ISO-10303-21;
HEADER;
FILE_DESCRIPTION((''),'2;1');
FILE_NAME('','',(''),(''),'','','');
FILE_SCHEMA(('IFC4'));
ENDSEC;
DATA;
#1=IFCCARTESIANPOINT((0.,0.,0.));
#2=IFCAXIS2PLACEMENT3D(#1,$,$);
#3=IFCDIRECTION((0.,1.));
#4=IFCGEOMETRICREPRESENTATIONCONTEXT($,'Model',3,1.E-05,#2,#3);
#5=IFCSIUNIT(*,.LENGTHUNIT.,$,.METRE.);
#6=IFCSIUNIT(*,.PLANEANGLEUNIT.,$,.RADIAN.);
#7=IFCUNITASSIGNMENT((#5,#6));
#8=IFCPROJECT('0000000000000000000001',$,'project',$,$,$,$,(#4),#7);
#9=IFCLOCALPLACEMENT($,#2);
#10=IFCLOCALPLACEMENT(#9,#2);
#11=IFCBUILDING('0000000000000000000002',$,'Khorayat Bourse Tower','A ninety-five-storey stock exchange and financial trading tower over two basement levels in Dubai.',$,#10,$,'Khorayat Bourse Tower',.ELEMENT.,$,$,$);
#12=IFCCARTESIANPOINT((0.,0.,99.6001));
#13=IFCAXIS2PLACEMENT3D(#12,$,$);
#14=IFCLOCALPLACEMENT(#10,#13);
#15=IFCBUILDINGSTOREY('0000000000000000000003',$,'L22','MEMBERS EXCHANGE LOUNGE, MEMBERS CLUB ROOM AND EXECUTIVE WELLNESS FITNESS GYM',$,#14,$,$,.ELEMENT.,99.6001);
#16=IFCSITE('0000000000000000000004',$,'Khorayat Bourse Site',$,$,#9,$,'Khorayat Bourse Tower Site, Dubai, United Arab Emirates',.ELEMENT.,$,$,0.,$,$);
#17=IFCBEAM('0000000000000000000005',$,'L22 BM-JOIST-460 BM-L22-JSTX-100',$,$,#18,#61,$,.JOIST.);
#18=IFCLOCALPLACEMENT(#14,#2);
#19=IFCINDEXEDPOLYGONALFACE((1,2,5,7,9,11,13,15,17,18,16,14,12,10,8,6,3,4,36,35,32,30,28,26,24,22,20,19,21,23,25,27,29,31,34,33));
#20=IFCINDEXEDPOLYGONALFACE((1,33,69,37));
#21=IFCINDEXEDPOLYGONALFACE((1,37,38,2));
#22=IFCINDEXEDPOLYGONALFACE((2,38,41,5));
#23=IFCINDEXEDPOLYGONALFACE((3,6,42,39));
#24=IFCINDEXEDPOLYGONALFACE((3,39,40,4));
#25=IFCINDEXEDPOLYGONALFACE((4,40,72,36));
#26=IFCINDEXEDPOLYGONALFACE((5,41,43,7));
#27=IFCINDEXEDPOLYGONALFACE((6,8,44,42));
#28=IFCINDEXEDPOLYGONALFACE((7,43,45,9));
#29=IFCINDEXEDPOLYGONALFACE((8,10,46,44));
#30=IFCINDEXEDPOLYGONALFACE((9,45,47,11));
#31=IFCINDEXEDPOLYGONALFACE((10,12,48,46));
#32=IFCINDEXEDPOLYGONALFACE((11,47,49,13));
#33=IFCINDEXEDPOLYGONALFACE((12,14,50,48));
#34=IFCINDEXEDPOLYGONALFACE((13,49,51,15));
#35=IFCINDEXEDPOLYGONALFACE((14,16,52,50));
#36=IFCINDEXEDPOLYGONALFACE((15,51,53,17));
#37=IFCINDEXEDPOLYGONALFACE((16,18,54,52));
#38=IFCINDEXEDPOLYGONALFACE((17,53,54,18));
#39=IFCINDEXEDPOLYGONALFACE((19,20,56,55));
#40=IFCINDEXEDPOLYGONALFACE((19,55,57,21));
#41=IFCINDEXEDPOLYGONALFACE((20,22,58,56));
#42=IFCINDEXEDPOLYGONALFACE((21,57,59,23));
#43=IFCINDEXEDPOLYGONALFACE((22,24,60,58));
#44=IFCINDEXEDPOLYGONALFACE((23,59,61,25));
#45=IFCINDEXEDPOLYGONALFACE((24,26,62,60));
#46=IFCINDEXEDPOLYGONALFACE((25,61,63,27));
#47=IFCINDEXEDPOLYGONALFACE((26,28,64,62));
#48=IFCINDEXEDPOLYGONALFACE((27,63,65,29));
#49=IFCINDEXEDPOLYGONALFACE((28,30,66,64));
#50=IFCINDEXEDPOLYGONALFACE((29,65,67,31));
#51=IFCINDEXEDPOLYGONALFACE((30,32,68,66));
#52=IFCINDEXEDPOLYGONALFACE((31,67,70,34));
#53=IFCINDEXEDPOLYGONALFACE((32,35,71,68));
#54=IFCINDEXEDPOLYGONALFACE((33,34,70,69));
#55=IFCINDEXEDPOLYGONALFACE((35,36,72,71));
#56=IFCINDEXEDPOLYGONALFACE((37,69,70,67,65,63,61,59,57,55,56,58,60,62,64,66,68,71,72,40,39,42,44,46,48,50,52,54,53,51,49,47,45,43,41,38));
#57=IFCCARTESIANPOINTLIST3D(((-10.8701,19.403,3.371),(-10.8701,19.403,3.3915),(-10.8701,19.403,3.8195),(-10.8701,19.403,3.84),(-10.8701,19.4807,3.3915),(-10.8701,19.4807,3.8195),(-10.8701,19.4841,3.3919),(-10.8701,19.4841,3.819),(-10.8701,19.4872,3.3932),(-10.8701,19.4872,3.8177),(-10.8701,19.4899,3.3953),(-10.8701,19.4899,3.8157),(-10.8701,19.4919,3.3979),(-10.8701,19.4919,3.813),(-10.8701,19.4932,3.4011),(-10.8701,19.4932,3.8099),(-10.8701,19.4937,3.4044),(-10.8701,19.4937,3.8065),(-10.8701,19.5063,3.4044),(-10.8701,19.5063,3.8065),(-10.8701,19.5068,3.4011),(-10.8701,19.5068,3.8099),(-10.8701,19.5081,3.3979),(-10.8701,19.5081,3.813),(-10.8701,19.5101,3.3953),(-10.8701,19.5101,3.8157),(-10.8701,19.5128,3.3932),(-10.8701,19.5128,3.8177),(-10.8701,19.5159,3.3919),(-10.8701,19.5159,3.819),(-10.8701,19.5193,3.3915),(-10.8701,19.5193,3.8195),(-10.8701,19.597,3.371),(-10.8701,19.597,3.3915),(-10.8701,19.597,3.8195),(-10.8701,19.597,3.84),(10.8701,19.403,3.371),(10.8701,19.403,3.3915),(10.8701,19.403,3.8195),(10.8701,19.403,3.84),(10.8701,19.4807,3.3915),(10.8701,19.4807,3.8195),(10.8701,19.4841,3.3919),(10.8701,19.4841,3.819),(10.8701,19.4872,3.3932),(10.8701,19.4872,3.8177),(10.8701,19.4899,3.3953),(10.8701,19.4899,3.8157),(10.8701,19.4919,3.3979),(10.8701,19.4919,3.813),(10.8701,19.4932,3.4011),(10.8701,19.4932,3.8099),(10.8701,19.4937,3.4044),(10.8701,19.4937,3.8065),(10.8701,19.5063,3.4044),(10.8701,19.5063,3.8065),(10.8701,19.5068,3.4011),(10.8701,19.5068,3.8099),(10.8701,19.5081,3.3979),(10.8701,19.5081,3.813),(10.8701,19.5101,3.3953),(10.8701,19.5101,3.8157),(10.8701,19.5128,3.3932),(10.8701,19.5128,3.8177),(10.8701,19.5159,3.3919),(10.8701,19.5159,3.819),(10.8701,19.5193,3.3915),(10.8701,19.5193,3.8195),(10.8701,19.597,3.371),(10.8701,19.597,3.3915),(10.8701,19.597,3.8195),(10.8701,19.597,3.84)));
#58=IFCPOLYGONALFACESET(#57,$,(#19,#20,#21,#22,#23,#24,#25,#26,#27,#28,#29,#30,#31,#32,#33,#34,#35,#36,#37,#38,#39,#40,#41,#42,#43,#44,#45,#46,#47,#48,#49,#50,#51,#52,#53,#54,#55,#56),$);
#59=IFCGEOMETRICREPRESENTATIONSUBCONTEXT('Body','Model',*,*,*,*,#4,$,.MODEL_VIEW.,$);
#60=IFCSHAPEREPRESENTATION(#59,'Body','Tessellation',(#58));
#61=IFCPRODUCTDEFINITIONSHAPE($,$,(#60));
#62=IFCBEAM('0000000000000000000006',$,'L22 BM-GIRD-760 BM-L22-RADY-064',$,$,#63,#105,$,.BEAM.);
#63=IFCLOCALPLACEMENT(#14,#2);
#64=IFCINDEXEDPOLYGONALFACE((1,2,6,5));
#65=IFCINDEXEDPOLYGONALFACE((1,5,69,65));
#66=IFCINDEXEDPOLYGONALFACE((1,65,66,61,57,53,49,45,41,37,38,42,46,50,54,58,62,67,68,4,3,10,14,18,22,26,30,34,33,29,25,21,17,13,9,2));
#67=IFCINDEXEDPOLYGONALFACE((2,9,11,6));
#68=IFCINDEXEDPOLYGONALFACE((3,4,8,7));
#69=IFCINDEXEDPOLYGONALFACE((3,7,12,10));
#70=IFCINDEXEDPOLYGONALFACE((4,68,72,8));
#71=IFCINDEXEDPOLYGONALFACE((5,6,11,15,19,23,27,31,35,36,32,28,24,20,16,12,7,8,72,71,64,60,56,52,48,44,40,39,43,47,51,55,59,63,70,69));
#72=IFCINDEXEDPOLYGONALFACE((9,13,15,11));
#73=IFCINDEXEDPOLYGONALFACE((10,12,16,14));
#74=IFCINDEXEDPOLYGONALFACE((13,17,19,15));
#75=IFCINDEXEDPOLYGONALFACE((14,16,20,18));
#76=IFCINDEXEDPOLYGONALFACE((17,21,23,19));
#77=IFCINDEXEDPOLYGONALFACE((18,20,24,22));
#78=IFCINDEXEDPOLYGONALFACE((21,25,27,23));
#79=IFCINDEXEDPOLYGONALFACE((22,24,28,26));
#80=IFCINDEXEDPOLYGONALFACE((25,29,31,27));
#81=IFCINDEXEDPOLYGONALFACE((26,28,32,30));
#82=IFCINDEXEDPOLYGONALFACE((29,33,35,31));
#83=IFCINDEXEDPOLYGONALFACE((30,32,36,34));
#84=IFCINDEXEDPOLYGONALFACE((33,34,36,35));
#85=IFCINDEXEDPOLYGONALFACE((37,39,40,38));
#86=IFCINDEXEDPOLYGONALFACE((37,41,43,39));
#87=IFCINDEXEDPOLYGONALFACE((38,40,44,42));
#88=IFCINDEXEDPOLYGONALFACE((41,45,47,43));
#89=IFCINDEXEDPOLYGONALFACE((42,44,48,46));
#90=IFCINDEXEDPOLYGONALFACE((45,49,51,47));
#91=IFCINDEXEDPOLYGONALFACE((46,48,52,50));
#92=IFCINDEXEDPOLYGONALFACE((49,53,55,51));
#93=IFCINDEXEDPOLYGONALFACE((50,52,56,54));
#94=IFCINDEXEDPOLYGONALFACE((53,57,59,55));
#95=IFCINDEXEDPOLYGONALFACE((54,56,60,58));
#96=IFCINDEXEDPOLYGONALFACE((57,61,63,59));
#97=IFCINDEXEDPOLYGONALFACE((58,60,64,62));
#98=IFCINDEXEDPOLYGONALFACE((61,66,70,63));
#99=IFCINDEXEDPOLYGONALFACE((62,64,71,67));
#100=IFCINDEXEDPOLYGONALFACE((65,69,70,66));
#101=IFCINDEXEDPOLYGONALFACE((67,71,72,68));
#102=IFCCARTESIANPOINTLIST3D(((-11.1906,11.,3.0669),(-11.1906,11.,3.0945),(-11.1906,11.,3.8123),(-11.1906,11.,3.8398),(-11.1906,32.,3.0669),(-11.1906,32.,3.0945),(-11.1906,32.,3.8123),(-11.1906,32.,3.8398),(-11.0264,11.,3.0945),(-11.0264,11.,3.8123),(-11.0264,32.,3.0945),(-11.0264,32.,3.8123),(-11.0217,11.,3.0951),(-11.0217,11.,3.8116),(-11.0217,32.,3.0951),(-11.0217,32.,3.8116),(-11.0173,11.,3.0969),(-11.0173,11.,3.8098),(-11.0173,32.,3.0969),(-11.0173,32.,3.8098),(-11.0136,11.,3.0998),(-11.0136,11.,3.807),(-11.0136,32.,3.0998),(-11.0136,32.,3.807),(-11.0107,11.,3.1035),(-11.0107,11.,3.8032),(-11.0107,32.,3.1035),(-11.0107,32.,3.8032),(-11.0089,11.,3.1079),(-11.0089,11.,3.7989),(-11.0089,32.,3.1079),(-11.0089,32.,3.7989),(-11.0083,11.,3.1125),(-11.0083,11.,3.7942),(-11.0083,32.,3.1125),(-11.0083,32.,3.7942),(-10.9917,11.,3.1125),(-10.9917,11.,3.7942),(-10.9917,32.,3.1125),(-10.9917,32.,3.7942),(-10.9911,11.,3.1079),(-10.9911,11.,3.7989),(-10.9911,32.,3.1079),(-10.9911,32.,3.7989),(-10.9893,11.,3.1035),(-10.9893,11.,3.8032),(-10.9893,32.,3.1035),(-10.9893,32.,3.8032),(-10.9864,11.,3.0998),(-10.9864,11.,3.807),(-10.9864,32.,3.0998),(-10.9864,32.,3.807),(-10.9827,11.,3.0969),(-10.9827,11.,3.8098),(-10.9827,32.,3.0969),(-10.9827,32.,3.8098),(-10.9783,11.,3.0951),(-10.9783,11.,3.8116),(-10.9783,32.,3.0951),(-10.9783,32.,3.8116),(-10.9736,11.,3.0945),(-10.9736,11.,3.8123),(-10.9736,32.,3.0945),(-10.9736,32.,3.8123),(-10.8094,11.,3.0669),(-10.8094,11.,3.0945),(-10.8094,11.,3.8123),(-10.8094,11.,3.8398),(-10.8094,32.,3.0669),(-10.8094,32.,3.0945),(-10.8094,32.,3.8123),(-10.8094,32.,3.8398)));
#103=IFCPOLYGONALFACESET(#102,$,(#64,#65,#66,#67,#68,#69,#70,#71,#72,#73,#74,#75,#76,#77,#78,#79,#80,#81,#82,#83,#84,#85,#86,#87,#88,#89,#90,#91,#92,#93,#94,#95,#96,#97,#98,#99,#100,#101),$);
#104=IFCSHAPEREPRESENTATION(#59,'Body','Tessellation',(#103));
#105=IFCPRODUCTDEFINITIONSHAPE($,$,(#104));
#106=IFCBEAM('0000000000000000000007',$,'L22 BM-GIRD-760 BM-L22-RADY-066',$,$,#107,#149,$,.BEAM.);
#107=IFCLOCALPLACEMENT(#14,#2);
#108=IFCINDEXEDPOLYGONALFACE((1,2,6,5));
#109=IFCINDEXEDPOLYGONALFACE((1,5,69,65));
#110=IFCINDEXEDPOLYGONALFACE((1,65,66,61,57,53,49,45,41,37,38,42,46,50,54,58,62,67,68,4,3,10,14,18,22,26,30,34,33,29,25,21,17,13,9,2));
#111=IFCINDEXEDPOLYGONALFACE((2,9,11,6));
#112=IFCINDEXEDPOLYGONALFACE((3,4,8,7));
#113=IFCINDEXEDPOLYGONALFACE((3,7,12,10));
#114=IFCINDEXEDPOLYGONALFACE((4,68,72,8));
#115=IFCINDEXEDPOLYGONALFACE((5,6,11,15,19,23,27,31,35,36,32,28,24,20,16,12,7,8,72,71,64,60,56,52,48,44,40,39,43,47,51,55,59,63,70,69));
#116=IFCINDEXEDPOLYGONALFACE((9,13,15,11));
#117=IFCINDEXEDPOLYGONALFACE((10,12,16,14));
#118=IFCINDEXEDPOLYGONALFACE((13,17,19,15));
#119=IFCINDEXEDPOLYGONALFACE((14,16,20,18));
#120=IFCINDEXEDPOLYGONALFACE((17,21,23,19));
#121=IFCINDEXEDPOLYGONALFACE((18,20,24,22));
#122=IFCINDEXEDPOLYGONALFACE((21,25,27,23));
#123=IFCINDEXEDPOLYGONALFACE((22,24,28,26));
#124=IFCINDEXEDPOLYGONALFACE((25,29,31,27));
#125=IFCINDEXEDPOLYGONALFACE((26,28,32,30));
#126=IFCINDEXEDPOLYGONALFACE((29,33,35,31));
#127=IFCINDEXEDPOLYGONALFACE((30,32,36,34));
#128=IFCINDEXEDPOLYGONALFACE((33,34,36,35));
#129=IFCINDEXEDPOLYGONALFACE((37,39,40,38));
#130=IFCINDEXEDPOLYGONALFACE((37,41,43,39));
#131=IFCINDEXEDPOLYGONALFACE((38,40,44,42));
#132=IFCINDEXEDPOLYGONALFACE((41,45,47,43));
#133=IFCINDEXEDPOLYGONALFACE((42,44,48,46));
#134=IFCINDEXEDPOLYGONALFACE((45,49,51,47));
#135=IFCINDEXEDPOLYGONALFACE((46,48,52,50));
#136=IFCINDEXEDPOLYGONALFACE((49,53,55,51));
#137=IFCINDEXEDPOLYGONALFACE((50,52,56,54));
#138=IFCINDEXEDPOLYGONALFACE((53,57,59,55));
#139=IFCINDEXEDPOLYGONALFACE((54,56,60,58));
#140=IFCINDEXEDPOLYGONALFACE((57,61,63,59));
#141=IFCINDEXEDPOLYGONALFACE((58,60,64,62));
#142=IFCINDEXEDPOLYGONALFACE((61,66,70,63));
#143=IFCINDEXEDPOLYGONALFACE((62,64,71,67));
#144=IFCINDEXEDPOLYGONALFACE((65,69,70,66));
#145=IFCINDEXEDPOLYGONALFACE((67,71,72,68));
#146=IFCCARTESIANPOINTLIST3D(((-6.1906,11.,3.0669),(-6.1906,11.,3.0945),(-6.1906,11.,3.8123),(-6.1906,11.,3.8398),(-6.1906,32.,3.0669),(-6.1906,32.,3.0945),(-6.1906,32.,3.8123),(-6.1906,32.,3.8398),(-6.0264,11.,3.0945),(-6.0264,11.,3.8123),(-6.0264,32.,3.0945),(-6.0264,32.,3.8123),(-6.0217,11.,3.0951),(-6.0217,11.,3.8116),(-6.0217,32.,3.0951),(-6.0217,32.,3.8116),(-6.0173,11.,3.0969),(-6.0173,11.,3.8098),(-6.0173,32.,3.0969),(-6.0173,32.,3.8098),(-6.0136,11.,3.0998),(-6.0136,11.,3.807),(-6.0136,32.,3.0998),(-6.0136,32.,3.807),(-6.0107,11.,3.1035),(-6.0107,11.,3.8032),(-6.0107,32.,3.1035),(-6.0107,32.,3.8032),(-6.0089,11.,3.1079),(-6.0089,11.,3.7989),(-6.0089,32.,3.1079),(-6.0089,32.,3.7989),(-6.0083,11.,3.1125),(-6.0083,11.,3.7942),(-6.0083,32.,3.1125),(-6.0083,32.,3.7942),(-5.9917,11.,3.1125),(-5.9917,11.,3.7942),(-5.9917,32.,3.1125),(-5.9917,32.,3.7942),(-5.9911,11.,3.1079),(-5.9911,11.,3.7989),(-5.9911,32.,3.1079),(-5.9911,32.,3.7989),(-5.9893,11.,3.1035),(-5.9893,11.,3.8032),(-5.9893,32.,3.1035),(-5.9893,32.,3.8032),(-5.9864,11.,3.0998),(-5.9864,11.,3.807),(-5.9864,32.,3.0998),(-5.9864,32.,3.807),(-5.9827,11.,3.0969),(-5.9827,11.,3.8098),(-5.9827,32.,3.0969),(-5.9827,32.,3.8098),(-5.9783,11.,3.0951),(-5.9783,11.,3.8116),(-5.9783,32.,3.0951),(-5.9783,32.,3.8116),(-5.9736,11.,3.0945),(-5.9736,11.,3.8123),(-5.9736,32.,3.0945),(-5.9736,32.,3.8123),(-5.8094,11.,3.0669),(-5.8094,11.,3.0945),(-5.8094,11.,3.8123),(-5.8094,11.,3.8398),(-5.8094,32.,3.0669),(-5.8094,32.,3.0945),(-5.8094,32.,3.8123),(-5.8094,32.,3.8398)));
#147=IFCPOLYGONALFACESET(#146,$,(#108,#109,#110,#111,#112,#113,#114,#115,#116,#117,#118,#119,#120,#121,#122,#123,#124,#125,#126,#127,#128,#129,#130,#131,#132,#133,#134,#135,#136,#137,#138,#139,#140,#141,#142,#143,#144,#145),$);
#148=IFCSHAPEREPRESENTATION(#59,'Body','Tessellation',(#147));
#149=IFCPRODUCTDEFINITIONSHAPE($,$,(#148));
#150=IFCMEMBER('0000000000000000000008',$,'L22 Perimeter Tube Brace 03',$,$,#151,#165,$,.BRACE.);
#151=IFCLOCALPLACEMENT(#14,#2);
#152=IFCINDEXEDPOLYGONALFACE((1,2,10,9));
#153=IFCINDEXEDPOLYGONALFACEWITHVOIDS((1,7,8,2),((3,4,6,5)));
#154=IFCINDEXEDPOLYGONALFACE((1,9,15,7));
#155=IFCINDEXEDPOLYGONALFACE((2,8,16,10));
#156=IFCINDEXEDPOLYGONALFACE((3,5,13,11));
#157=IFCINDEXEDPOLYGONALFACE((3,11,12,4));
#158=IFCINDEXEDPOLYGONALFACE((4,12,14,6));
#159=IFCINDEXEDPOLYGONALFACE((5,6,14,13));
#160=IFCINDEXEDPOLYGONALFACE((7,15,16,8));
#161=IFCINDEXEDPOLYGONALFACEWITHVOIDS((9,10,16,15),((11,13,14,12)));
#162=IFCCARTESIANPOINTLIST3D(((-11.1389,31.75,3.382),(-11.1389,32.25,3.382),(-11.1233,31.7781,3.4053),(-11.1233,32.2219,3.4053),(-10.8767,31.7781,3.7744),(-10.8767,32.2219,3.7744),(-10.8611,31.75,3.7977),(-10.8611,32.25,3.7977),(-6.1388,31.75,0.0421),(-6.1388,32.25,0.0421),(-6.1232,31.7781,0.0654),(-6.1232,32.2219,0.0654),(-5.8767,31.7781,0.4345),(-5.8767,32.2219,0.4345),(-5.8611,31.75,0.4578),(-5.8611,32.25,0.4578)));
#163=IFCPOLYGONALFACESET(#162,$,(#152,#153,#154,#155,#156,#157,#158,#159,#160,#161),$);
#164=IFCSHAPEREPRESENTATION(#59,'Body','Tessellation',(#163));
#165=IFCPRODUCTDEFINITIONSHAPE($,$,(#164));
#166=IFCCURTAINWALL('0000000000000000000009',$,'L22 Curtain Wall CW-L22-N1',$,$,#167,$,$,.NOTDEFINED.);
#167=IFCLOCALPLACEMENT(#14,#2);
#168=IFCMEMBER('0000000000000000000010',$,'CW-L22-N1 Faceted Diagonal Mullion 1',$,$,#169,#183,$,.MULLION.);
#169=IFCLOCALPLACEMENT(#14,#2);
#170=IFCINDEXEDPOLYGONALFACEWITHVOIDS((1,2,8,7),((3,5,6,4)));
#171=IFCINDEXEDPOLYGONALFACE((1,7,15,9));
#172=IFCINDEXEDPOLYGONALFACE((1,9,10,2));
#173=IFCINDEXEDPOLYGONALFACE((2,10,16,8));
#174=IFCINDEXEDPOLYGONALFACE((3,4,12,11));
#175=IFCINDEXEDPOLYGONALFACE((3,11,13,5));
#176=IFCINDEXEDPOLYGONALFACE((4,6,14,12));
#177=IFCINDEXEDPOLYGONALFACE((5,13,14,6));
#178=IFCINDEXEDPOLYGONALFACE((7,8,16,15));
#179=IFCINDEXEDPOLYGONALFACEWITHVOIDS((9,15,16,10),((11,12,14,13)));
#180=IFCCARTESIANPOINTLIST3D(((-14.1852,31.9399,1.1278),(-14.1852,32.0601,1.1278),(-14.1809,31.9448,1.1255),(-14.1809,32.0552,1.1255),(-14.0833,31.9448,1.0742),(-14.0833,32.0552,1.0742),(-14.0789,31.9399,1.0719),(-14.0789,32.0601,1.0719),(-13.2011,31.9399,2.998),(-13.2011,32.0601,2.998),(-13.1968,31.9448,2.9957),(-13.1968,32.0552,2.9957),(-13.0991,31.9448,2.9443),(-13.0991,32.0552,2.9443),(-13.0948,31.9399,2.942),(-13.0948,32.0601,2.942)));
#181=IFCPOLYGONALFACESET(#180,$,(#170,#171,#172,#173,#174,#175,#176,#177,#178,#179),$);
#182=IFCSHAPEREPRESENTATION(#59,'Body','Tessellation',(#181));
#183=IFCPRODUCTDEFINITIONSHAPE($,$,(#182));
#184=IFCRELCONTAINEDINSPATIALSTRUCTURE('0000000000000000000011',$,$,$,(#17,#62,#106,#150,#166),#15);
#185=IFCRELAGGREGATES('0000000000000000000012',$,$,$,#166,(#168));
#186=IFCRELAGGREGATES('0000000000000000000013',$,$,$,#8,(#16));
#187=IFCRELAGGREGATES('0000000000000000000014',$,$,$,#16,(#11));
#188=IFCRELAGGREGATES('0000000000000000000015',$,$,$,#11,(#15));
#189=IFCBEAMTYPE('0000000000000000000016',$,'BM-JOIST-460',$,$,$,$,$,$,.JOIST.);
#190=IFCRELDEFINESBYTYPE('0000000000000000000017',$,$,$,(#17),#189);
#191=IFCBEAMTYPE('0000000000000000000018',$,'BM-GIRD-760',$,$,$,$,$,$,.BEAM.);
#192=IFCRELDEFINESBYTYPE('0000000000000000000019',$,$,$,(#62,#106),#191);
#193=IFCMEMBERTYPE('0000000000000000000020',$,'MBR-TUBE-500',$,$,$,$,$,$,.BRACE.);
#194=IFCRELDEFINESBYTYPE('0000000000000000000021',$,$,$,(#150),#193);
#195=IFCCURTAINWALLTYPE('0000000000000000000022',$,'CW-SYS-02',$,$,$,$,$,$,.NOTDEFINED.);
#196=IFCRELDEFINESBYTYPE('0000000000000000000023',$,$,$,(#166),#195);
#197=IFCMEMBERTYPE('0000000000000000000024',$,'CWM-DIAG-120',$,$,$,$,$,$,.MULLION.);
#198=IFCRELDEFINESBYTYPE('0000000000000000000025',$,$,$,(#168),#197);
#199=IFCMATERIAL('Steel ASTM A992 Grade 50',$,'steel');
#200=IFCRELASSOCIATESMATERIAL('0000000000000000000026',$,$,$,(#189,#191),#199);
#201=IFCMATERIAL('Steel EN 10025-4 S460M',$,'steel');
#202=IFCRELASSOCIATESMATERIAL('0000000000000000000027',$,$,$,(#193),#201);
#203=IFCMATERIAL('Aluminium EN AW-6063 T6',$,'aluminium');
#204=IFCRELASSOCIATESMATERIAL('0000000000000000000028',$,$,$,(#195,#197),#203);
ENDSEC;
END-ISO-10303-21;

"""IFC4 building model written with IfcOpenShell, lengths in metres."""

from ifc_helpers import new_model, si_unit, direction, frame, origin, origin_2d, place, context, subcontext, project, spatial, hollow_rectangle, i_section, extrude, source, transform, mapped, material, material_profile, profile_set, type_object, element, aggregate, save


model = new_model("IFC4")

# Units and contexts
model_context = context("Model", 3, precision=1e-05, world=origin(), true_north=direction((0.0, 1.0)))
body_context = subcontext(model_context, "Body", "Model", "MODEL_VIEW")
ifc_project = project(units=[si_unit("LENGTHUNIT", "METRE"), si_unit("PLANEANGLEUNIT", "RADIAN")], contexts=[model_context])

# Site, building, storey
site_placement = place(None, origin())
site = spatial("IfcSite", under=ifc_project, at=site_placement, Name="Khorayat Bourse Site", LongName="Khorayat Bourse Tower Site, Dubai, United Arab Emirates", CompositionType="ELEMENT", RefElevation=0.0)
building_placement = place(site_placement, origin())
building = spatial("IfcBuilding", under=site, at=building_placement, Name="Khorayat Bourse Tower", Description="A ninety-five-storey stock exchange and financial trading tower over two basement levels in Dubai.", LongName="Khorayat Bourse Tower", CompositionType="ELEMENT")
storey_placement = place(building_placement, frame((0.0, 0.0, 99.6001)))
storey = spatial("IfcBuildingStorey", under=building, at=storey_placement, Name="L22", Description="MEMBERS EXCHANGE LOUNGE, MEMBERS CLUB ROOM AND EXECUTIVE WELLNESS FITNESS GYM", CompositionType="ELEMENT", Elevation=99.6001)

# Shared definitions
ifc_material_1 = material(Name="Steel EN 10025-4 S460M", Category="steel")

# Beams
ifc_material_2 = material(Name="Steel ASTM A992 Grade 50", Category="steel")
ifc_material_profile_1 = material_profile(ifc_material_2, i_section(OverallWidth=0.1941, OverallDepth=0.469, WebThickness=0.0127, FlangeThickness=0.0205, FilletRadius=0.0129, at=origin_2d()), Name="W460X106")
ifc_profile_set_1 = profile_set([ifc_material_profile_1], Name="Steel ASTM A992 Grade 50")
beam_type_1 = type_object("IfcBeamType", Name="BM-JOIST-460", PredefinedType="JOIST", material=ifc_profile_set_1)
shared_shape_1 = source(origin(), body_context, "Body", "SweptSolid", [
    extrude(i_section(OverallWidth=0.1941, OverallDepth=0.469, WebThickness=0.0127, FlangeThickness=0.0205, FilletRadius=0.0129, at=origin_2d()), origin(), (0.0, 0.0, 1.0), 21.7402),
])
beam_1_placement = place(storey_placement, frame((-10.8701, 19.5, 3.6055), z_axis=(1.0, 0.0, 0.0), x_axis=(0.0, 1.0, 0.0)))
element("IfcBeam", 1, at=beam_1_placement, inside=storey, type_object=beam_type_1, Name="L22 BM-JOIST-460 BM-L22-JSTX-100", PredefinedType="JOIST", context=body_context, shape_type="MappedRepresentation", body=[
    mapped(shared_shape_1, transform((0.0, 0.0, 0.0), scale=1.0)),
])
ifc_material_profile_2 = material_profile(ifc_material_2, i_section(OverallWidth=0.3811, OverallDepth=0.7729, WebThickness=0.0166, FlangeThickness=0.0276, FilletRadius=0.0181, at=origin_2d()), Name="W760X257")
ifc_profile_set_2 = profile_set([ifc_material_profile_2], Name="Steel ASTM A992 Grade 50")
beam_type_2 = type_object("IfcBeamType", Name="BM-GIRD-760", PredefinedType="BEAM", material=ifc_profile_set_2)
shared_shape_2 = source(origin(), body_context, "Body", "SweptSolid", [
    extrude(i_section(OverallWidth=0.3811, OverallDepth=0.7729, WebThickness=0.0166, FlangeThickness=0.0276, FilletRadius=0.0181, at=origin_2d()), origin(), (0.0, 0.0, 1.0), 21.0),
])
for number, where, z_axis, x_axis, name in (
    (2, (-11.0, 11.0, 3.4534), (0.0, 1.0, 0.0), (-1.0, 0.0, 0.0), "L22 BM-GIRD-760 BM-L22-RADY-064"),
    (3, (-6.0, 11.0, 3.4534), (0.0, 1.0, 0.0), (-1.0, 0.0, 0.0), "L22 BM-GIRD-760 BM-L22-RADY-066"),
):
    element("IfcBeam", number, at=place(storey_placement, frame(where, z_axis=z_axis, x_axis=x_axis)), inside=storey, type_object=beam_type_2, Name=name, PredefinedType="BEAM", context=body_context, shape_type="MappedRepresentation", body=[
        mapped(shared_shape_2, transform((0.0, 0.0, 0.0), scale=1.0)),
    ])

# Member
ifc_material_profile_3 = material_profile(ifc_material_1, hollow_rectangle(XDim=0.5, YDim=0.5, WallThickness=0.0281, at=origin_2d()), Name="HSS 500x500x28")
ifc_profile_set_3 = profile_set([ifc_material_profile_3], Name="Steel EN 10025-4 S460M")
member_type_1 = type_object("IfcMemberType", Name="MBR-TUBE-500", PredefinedType="BRACE", material=ifc_profile_set_3)
shared_shape_3 = source(origin(), body_context, "Body", "SweptSolid", [
    extrude(hollow_rectangle(XDim=0.5, YDim=0.5, WallThickness=0.0281, at=origin_2d()), origin(), (0.0, 0.0, 1.0), 6.0129),
])
member_1_placement = place(storey_placement, frame((-11.0, 32.0, 3.5898), z_axis=(0.83155, 0.0, -0.55545), x_axis=(0.0, 1.0, 0.0)))
element("IfcMember", 4, at=member_1_placement, inside=storey, type_object=member_type_1, Name="L22 Perimeter Tube Brace 03", PredefinedType="BRACE", context=body_context, shape_type="MappedRepresentation", body=[
    mapped(shared_shape_3, transform((0.0, 0.0, 0.0), scale=1.0)),
])

# Curtain wall, member
ifc_material_3 = material(Name="Aluminium EN AW-6063 T6", Category="aluminium")
curtain_wall_type = type_object("IfcCurtainWallType", Name="CW-SYS-02", PredefinedType="NOTDEFINED", material=ifc_material_3)
curtain_wall_placement = place(storey_placement, origin())
curtain_wall = element("IfcCurtainWall", 5, at=curtain_wall_placement, inside=storey, type_object=curtain_wall_type, Name="L22 Curtain Wall CW-L22-N1", PredefinedType="NOTDEFINED")
ifc_material_profile_4 = material_profile(ifc_material_3, hollow_rectangle(XDim=0.1201, YDim=0.1201, WallThickness=0.0049, at=origin_2d()), Name="ALU 120x120x5")
ifc_profile_set_4 = profile_set([ifc_material_profile_4], Name="Aluminium EN AW-6063 T6")
member_type_2 = type_object("IfcMemberType", Name="CWM-DIAG-120", PredefinedType="MULLION", material=ifc_profile_set_4)
shared_shape_4 = source(origin(), body_context, "Body", "SweptSolid", [
    extrude(hollow_rectangle(XDim=0.1201, YDim=0.1201, WallThickness=0.0049, at=origin_2d()), origin(), (0.0, 0.0, 1.0), 2.1133),
])
member_2_placement = place(storey_placement, frame((-14.1321, 32.0, 1.0999), z_axis=(0.465694, 0.0, 0.884946), x_axis=(0.0, 1.0, 0.0)))
member_2 = element("IfcMember", 6, at=member_2_placement, type_object=member_type_2, Name="CW-L22-N1 Faceted Diagonal Mullion 1", PredefinedType="MULLION", context=body_context, shape_type="MappedRepresentation", body=[
    mapped(shared_shape_4, transform((0.0, 0.0, 0.0), scale=1.0)),
])

aggregate(curtain_wall, [member_2])

save(model, "model.ifc")
